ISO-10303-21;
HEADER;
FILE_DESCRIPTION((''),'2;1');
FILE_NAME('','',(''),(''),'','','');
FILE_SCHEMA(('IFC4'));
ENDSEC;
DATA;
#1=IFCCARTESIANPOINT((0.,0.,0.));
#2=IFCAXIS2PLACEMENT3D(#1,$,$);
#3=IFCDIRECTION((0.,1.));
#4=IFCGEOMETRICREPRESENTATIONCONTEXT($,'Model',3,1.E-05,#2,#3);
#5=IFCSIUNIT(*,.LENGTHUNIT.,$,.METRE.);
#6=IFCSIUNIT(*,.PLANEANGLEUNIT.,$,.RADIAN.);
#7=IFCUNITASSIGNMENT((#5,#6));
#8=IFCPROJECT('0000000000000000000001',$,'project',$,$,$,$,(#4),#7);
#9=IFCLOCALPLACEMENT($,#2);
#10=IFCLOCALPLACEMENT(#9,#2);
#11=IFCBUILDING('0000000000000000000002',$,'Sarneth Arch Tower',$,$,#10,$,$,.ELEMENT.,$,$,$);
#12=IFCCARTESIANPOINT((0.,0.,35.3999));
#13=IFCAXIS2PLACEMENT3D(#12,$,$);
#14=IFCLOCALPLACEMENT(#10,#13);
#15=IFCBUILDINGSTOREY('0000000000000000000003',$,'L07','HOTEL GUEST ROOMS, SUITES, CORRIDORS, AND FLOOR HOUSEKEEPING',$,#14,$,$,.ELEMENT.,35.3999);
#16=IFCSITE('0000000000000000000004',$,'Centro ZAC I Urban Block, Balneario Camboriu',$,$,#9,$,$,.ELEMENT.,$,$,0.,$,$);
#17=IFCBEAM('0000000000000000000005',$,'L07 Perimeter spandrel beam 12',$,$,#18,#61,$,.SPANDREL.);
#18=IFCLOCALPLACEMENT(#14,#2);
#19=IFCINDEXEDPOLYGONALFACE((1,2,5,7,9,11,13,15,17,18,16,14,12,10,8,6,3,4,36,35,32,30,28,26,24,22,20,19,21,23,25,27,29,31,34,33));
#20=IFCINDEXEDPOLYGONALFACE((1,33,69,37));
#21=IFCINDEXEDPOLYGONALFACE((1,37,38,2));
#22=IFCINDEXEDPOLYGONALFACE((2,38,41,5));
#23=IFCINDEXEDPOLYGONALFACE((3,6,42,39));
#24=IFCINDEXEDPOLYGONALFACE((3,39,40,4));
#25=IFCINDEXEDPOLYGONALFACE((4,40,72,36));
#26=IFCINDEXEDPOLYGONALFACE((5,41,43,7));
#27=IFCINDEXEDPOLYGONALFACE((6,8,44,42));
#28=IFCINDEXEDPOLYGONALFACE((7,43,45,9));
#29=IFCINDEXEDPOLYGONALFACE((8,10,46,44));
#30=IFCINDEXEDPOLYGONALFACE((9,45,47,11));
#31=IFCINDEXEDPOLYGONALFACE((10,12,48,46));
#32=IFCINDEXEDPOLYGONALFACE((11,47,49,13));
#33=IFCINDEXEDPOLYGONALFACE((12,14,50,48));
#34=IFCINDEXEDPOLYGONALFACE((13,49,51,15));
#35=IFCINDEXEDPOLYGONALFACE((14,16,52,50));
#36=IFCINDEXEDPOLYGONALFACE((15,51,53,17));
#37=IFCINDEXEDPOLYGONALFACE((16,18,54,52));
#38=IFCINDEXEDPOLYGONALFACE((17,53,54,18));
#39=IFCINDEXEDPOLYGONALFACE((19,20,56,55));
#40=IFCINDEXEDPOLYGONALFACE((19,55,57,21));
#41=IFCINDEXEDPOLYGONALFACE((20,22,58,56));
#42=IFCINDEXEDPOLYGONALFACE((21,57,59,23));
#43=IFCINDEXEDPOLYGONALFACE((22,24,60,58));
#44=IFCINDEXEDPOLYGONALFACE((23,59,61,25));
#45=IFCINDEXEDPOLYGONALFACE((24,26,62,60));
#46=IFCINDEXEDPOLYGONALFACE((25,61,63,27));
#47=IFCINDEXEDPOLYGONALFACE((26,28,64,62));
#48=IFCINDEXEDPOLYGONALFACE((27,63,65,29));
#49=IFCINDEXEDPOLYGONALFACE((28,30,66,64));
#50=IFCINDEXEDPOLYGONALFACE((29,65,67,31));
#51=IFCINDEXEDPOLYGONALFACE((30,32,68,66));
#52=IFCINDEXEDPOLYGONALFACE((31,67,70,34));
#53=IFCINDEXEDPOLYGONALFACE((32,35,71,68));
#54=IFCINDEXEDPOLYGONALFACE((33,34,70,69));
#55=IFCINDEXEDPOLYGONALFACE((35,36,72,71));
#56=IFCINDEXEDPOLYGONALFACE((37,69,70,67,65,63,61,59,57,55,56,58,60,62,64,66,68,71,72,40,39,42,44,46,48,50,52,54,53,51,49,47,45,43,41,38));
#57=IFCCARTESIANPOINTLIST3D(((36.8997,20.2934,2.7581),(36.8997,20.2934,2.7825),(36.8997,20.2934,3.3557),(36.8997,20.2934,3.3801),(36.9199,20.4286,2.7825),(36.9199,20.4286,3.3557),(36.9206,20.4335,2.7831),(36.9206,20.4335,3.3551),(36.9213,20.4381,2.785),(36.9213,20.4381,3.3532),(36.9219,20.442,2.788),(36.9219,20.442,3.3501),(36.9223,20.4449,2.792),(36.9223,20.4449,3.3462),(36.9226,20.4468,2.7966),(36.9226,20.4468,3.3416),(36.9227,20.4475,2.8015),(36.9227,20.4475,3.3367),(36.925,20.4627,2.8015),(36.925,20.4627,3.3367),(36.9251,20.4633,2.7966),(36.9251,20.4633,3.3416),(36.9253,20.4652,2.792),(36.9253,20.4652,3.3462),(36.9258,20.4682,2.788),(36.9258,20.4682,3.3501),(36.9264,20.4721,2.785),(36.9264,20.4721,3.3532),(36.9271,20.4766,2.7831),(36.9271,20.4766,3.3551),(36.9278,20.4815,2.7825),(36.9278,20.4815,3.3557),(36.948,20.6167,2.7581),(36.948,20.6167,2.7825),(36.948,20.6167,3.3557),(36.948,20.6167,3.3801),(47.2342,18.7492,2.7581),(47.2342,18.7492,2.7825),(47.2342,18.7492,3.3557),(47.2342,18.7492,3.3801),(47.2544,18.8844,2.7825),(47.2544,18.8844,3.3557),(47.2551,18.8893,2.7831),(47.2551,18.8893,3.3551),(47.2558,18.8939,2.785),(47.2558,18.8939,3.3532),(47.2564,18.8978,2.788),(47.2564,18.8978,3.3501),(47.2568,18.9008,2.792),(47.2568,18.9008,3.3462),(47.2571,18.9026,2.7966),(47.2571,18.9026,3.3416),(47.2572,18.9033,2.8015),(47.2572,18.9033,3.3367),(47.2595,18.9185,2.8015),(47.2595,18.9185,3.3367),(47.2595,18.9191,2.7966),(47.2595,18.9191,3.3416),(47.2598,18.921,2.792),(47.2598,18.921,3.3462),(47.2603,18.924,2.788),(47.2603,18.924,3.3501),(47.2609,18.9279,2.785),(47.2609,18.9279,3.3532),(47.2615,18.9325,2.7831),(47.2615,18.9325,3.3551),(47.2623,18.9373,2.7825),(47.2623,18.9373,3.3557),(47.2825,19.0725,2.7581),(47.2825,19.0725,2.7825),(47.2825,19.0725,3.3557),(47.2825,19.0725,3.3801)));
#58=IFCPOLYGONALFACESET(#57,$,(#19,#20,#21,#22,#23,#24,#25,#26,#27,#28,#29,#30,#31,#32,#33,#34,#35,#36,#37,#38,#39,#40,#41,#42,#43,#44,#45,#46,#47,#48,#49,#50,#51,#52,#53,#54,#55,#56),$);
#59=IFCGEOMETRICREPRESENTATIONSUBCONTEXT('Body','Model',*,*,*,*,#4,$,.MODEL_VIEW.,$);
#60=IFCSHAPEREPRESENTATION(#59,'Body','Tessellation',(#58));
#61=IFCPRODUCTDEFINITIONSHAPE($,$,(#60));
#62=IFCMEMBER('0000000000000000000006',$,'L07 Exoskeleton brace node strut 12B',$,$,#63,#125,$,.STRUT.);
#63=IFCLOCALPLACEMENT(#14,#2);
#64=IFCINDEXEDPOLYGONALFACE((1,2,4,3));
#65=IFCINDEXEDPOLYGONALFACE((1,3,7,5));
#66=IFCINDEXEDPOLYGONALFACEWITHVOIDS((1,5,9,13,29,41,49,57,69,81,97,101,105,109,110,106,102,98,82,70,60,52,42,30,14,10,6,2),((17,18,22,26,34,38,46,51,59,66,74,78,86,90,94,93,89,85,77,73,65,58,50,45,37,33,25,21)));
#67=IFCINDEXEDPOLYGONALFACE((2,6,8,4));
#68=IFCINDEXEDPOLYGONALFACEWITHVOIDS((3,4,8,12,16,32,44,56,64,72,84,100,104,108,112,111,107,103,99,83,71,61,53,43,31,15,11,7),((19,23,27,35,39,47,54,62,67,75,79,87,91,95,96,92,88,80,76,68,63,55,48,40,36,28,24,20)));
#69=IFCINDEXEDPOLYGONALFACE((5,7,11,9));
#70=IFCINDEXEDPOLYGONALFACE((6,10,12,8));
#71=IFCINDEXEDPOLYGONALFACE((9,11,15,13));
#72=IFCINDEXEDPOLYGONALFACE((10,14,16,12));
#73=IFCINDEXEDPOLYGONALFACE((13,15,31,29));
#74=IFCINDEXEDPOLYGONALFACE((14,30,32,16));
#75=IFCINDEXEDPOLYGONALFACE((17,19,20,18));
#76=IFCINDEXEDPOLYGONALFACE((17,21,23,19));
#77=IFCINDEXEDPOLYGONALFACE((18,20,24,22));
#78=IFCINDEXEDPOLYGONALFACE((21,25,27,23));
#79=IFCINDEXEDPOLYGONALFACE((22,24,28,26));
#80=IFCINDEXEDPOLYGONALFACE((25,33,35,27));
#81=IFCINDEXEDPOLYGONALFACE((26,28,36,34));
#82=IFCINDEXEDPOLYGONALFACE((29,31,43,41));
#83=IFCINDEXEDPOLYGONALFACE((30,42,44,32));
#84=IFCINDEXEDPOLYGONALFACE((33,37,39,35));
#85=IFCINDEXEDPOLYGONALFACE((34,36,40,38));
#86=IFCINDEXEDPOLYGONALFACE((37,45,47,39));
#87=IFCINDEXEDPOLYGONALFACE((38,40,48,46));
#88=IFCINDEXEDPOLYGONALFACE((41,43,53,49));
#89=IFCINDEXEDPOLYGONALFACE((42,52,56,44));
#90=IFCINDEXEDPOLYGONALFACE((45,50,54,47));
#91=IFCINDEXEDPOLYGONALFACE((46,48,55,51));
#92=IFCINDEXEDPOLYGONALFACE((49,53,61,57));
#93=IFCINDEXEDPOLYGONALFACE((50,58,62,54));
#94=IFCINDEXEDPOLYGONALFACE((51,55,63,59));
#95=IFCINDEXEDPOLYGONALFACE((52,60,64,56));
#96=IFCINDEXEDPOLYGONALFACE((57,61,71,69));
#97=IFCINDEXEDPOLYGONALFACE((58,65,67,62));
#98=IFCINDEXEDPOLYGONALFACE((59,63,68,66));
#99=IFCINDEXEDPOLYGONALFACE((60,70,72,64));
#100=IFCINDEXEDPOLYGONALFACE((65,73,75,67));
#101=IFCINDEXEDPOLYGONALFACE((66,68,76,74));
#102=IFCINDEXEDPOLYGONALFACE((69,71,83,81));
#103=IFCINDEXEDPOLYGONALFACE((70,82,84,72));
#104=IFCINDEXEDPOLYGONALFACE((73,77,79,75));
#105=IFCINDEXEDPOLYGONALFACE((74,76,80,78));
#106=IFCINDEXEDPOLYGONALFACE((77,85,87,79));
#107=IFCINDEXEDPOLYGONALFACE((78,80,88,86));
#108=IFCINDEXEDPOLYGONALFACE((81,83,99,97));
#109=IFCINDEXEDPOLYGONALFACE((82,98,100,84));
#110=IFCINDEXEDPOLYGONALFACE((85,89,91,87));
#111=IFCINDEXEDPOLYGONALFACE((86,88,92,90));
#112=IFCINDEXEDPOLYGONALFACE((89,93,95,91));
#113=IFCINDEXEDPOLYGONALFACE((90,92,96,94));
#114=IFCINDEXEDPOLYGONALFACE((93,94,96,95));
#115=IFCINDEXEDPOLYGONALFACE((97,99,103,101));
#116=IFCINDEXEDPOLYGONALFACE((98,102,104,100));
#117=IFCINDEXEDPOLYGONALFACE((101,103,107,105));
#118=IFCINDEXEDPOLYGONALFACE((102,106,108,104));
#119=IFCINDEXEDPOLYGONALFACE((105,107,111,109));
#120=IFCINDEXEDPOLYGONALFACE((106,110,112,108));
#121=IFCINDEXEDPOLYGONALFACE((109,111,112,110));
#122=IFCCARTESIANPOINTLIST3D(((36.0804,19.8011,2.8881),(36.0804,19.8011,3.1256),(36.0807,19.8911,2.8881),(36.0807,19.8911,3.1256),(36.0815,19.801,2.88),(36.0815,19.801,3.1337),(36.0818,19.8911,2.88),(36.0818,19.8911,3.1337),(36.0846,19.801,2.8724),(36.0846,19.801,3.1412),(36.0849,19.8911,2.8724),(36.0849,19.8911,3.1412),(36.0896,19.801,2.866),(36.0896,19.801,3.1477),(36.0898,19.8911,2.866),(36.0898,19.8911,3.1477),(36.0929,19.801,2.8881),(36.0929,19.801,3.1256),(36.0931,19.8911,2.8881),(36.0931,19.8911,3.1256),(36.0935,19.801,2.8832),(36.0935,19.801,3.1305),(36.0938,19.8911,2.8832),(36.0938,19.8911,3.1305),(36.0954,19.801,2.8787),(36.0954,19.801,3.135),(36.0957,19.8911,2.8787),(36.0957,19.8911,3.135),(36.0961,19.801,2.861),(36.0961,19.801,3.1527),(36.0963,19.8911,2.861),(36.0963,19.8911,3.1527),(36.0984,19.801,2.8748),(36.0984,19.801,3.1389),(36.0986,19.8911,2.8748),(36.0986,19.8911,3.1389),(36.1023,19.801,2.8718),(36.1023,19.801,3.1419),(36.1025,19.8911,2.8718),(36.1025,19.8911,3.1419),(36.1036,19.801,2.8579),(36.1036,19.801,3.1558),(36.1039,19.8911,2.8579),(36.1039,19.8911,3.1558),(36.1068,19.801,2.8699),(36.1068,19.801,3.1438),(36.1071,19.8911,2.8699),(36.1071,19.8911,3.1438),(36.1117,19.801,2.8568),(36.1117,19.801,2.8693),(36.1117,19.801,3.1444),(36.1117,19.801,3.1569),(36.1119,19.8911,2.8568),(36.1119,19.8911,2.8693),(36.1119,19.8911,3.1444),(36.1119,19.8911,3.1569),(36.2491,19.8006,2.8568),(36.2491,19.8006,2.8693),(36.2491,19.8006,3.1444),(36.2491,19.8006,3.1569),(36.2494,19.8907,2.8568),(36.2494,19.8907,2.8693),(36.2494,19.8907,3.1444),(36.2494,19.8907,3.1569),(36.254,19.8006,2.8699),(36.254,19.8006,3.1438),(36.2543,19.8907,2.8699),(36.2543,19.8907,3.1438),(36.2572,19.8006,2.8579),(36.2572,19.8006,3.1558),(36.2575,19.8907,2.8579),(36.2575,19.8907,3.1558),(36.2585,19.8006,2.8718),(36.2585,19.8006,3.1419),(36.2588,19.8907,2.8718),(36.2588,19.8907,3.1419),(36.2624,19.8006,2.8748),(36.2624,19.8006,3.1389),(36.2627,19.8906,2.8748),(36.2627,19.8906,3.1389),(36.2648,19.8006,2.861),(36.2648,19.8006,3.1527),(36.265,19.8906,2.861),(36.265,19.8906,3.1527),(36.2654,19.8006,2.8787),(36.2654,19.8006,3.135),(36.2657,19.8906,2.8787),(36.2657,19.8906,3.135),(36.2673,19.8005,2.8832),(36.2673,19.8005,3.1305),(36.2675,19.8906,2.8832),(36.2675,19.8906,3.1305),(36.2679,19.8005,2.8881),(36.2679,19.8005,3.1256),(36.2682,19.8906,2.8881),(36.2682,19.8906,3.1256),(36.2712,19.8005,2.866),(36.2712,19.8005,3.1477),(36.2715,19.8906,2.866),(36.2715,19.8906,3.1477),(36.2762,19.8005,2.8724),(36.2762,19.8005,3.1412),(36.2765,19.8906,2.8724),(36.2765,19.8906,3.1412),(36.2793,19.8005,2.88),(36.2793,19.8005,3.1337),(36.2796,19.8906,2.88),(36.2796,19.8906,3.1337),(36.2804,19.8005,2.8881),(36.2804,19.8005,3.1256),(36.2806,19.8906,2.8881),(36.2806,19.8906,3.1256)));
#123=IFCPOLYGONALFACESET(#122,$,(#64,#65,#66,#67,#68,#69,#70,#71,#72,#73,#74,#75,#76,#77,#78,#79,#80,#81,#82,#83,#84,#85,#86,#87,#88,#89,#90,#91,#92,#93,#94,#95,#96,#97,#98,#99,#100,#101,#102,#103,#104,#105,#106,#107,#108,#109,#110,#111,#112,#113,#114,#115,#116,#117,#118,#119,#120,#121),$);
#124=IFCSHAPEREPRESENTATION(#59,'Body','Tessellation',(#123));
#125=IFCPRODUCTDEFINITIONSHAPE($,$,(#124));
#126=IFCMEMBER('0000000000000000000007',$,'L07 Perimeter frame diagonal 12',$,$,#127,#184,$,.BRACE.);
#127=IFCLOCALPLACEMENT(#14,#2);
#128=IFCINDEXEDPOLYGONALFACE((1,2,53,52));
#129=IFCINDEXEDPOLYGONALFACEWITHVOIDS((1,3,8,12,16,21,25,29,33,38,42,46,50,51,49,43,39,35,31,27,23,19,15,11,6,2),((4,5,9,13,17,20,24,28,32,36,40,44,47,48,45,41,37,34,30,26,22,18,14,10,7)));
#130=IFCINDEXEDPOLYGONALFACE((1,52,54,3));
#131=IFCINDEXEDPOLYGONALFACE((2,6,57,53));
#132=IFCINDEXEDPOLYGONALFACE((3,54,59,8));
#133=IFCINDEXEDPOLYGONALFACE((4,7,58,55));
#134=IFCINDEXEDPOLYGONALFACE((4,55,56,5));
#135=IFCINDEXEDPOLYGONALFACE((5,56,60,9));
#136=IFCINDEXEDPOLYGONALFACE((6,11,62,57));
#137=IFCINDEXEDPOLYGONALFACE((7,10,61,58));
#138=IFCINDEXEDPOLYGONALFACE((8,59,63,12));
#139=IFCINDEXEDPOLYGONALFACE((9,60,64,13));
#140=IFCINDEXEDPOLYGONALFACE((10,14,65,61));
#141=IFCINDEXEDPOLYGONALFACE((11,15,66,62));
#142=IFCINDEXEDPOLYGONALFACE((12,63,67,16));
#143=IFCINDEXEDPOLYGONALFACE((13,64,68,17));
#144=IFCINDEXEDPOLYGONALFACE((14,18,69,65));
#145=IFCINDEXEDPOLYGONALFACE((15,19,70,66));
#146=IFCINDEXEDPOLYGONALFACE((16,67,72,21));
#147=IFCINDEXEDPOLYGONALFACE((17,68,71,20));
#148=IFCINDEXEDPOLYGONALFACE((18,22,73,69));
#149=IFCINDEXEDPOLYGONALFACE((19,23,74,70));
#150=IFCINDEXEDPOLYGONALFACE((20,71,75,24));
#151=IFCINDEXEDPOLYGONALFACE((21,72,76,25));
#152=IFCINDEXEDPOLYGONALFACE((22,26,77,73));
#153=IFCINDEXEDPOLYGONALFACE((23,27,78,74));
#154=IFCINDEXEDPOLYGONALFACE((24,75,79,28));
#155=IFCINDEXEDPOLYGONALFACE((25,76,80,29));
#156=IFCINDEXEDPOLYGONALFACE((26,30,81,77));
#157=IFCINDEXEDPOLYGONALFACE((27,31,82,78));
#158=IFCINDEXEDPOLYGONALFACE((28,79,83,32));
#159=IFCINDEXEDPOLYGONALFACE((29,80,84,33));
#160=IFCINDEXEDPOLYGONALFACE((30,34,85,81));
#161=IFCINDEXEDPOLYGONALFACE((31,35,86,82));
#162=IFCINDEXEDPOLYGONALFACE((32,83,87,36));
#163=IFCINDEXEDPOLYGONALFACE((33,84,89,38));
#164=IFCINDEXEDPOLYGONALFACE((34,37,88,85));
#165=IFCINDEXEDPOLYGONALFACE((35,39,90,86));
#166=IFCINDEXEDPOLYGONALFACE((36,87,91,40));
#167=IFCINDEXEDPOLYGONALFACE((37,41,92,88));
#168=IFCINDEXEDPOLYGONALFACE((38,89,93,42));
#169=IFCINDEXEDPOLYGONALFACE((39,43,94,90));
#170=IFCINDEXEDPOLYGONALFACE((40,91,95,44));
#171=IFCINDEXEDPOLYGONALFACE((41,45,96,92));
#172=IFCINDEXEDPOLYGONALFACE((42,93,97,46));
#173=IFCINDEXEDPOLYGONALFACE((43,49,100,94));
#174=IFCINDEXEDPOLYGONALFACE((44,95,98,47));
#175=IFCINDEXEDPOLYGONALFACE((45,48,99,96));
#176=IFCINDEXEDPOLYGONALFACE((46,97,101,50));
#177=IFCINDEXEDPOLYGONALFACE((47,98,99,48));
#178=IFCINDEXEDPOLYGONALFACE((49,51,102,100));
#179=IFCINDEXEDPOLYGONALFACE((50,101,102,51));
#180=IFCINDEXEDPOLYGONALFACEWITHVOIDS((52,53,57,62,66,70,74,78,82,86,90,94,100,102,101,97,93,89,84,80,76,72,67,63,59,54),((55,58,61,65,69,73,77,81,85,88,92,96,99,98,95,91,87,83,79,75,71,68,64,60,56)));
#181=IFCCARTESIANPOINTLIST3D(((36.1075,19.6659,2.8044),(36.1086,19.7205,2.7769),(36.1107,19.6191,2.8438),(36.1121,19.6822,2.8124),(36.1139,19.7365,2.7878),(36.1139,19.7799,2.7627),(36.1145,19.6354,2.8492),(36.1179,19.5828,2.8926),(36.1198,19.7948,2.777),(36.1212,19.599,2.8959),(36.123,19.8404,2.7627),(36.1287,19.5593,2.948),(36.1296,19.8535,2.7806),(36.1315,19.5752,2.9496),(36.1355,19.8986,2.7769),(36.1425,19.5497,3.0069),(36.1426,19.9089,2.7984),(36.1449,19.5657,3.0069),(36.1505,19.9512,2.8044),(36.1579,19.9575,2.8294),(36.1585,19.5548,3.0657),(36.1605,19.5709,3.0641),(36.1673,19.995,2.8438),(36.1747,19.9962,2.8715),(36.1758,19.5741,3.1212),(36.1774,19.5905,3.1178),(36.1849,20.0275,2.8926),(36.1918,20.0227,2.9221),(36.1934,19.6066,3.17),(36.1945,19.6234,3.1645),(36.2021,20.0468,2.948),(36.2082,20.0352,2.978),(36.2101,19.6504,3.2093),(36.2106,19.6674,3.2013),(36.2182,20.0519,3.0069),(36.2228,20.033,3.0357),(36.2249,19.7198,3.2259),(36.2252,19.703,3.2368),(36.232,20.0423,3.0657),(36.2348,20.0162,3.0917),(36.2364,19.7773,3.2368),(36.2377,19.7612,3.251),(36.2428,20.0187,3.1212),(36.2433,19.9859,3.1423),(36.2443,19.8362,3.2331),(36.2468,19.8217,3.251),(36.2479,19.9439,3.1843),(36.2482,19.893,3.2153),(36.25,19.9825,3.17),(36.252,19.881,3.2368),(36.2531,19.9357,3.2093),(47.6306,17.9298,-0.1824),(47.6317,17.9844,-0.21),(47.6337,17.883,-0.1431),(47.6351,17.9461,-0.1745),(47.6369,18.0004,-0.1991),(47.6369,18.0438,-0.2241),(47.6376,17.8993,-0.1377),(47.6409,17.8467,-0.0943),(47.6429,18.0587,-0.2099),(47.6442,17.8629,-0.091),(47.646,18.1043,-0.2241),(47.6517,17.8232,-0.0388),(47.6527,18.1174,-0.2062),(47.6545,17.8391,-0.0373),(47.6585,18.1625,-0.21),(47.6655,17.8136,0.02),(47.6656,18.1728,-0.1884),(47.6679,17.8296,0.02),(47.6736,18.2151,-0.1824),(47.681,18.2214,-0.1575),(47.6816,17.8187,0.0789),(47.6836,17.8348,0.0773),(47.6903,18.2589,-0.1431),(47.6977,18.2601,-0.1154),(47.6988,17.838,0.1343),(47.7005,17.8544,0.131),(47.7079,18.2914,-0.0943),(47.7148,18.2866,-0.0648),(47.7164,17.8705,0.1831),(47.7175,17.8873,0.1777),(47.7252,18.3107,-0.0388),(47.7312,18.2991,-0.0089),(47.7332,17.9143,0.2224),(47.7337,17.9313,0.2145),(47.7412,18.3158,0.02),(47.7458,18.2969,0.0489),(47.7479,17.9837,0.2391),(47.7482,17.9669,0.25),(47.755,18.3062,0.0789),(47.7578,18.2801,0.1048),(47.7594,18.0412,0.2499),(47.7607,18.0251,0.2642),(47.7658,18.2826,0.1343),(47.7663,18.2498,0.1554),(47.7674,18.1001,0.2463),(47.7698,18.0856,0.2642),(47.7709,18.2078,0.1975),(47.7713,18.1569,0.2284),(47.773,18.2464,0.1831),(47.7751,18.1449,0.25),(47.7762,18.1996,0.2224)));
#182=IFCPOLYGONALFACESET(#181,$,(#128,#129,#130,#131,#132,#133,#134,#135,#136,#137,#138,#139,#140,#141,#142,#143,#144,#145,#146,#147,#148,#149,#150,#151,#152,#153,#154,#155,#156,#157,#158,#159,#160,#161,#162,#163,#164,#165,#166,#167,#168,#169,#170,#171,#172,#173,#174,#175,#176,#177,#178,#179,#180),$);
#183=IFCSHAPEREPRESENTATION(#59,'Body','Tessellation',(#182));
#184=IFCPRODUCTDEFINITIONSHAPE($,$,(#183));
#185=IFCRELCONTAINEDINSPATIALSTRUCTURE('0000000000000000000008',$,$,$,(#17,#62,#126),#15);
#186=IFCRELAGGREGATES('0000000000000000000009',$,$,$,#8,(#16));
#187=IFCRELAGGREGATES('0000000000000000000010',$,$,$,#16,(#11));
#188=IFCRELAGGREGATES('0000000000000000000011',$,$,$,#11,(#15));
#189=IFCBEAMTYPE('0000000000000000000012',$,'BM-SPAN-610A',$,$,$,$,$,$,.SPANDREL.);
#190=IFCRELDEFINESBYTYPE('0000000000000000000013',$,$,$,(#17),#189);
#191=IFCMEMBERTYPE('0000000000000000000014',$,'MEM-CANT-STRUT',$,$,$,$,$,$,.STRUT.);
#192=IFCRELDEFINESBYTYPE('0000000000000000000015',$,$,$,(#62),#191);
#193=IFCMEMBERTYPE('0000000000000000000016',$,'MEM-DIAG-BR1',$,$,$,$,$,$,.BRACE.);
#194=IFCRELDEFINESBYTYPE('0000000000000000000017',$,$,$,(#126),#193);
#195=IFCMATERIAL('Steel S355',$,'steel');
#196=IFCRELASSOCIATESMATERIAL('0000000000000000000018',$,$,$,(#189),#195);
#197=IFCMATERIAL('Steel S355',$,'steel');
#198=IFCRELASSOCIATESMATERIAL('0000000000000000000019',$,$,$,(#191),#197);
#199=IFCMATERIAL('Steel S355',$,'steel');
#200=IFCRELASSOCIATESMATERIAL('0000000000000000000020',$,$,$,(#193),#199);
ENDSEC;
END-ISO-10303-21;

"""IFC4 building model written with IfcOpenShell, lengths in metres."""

from ifc_helpers import new_model, si_unit, direction, frame, origin, origin_2d, place, context, subcontext, project, spatial, hollow_rectangle, hollow_circle, i_section, extrude, material, material_profile, profile_set, type_object, element, save


model = new_model("IFC4")

# Units and contexts
model_context = context("Model", 3, precision=1e-05, world=origin(), true_north=direction((0.0, 1.0)))
body_context = subcontext(model_context, "Body", "Model", "MODEL_VIEW")
ifc_project = project(units=[si_unit("LENGTHUNIT", "METRE"), si_unit("PLANEANGLEUNIT", "RADIAN")], contexts=[model_context])

# Site, building, storey
site_placement = place(None, origin())
site = spatial("IfcSite", under=ifc_project, at=site_placement, Name="Centro ZAC I Urban Block, Balneario Camboriu", CompositionType="ELEMENT", RefElevation=0.0)
building_placement = place(site_placement, origin())
building = spatial("IfcBuilding", under=site, at=building_placement, Name="Sarneth Arch Tower", CompositionType="ELEMENT")
storey_placement = place(building_placement, frame((0.0, 0.0, 35.3999)))
storey = spatial("IfcBuildingStorey", under=building, at=storey_placement, Name="L07", Description="HOTEL GUEST ROOMS, SUITES, CORRIDORS, AND FLOOR HOUSEKEEPING", CompositionType="ELEMENT", Elevation=35.3999)

# Beam
ifc_material_1 = material(Name="Steel S355", Category="steel")
ifc_material_profile_1 = material_profile(ifc_material_1, i_section(OverallWidth=0.3269, OverallDepth=0.6221, WebThickness=0.0154, FlangeThickness=0.0244, FilletRadius=0.019, at=origin_2d()), Name="W610x195")
ifc_profile_set_1 = profile_set([ifc_material_profile_1], Name="Steel S355")
beam_type_1 = type_object("IfcBeamType", Name="BM-SPAN-610A", PredefinedType="SPANDREL", material=ifc_profile_set_1)
beam_1_placement = place(storey_placement, frame((36.9238, 20.4551, 3.0691), z_axis=(0.98902, -0.147781, 0.0), x_axis=(0.147781, 0.98902, 0.0)))
element("IfcBeam", 1, at=beam_1_placement, inside=storey, type_object=beam_type_1, Name="L07 Perimeter spandrel beam 12", PredefinedType="SPANDREL", context=body_context, shape_type="SweptSolid", body=[
    extrude(i_section(OverallWidth=0.3269, OverallDepth=0.6221, WebThickness=0.0154, FlangeThickness=0.0244, FilletRadius=0.019, at=origin_2d()), origin(), (0.0, 0.0, 1.0), 10.4492),
])

# Members
ifc_material_2 = material(Name="Steel S355", Category="steel")
ifc_material_profile_2 = material_profile(ifc_material_2, hollow_rectangle(XDim=0.2, YDim=0.3, WallThickness=0.0125, InnerFilletRadius=0.0188, OuterFilletRadius=0.0312, at=origin_2d()), Name="RHS300x200x12.5")
ifc_profile_set_2 = profile_set([ifc_material_profile_2], Name="Steel S355")
member_type_1 = type_object("IfcMemberType", Name="MEM-CANT-STRUT", PredefinedType="STRUT", material=ifc_profile_set_2)
member_1_placement = place(storey_placement, frame((36.1807, 19.8909, 3.0068), z_axis=(-0.00271, -0.999996, 0.0), x_axis=(0.999996, -0.00271, 0.0)))
element("IfcMember", 2, at=member_1_placement, inside=storey, type_object=member_type_1, Name="L07 Exoskeleton brace node strut 12B", PredefinedType="STRUT", context=body_context, shape_type="SweptSolid", body=[
    extrude(hollow_rectangle(XDim=0.2, YDim=0.3, WallThickness=0.0125, InnerFilletRadius=0.0188, OuterFilletRadius=0.0312, at=origin_2d()), origin(), (0.0, 0.0, 1.0), 0.0901),
])
ifc_material_3 = material(Name="Steel S355", Category="steel")
ifc_material_profile_3 = material_profile(ifc_material_3, hollow_circle(Radius=0.2539, WallThickness=0.0161, at=origin_2d()), Name="CHS508x16")
ifc_profile_set_3 = profile_set([ifc_material_profile_3], Name="Steel S355")
member_type_2 = type_object("IfcMemberType", Name="MEM-DIAG-BR1", PredefinedType="BRACE", material=ifc_profile_set_3)
member_2_placement = place(storey_placement, frame((47.7034, 18.0647, 0.02), z_axis=(-0.957876, 0.144317, 0.248287), x_axis=(-0.148982, -0.98884, 0.0)))
element("IfcMember", 3, at=member_2_placement, inside=storey, type_object=member_type_2, Name="L07 Perimeter frame diagonal 12", PredefinedType="BRACE", context=body_context, shape_type="SweptSolid", body=[
    extrude(hollow_circle(Radius=0.2539, WallThickness=0.0161, at=origin_2d()), origin(), (0.0, 0.0, 1.0), 12.0298),
])

save(model, "model.ifc")
